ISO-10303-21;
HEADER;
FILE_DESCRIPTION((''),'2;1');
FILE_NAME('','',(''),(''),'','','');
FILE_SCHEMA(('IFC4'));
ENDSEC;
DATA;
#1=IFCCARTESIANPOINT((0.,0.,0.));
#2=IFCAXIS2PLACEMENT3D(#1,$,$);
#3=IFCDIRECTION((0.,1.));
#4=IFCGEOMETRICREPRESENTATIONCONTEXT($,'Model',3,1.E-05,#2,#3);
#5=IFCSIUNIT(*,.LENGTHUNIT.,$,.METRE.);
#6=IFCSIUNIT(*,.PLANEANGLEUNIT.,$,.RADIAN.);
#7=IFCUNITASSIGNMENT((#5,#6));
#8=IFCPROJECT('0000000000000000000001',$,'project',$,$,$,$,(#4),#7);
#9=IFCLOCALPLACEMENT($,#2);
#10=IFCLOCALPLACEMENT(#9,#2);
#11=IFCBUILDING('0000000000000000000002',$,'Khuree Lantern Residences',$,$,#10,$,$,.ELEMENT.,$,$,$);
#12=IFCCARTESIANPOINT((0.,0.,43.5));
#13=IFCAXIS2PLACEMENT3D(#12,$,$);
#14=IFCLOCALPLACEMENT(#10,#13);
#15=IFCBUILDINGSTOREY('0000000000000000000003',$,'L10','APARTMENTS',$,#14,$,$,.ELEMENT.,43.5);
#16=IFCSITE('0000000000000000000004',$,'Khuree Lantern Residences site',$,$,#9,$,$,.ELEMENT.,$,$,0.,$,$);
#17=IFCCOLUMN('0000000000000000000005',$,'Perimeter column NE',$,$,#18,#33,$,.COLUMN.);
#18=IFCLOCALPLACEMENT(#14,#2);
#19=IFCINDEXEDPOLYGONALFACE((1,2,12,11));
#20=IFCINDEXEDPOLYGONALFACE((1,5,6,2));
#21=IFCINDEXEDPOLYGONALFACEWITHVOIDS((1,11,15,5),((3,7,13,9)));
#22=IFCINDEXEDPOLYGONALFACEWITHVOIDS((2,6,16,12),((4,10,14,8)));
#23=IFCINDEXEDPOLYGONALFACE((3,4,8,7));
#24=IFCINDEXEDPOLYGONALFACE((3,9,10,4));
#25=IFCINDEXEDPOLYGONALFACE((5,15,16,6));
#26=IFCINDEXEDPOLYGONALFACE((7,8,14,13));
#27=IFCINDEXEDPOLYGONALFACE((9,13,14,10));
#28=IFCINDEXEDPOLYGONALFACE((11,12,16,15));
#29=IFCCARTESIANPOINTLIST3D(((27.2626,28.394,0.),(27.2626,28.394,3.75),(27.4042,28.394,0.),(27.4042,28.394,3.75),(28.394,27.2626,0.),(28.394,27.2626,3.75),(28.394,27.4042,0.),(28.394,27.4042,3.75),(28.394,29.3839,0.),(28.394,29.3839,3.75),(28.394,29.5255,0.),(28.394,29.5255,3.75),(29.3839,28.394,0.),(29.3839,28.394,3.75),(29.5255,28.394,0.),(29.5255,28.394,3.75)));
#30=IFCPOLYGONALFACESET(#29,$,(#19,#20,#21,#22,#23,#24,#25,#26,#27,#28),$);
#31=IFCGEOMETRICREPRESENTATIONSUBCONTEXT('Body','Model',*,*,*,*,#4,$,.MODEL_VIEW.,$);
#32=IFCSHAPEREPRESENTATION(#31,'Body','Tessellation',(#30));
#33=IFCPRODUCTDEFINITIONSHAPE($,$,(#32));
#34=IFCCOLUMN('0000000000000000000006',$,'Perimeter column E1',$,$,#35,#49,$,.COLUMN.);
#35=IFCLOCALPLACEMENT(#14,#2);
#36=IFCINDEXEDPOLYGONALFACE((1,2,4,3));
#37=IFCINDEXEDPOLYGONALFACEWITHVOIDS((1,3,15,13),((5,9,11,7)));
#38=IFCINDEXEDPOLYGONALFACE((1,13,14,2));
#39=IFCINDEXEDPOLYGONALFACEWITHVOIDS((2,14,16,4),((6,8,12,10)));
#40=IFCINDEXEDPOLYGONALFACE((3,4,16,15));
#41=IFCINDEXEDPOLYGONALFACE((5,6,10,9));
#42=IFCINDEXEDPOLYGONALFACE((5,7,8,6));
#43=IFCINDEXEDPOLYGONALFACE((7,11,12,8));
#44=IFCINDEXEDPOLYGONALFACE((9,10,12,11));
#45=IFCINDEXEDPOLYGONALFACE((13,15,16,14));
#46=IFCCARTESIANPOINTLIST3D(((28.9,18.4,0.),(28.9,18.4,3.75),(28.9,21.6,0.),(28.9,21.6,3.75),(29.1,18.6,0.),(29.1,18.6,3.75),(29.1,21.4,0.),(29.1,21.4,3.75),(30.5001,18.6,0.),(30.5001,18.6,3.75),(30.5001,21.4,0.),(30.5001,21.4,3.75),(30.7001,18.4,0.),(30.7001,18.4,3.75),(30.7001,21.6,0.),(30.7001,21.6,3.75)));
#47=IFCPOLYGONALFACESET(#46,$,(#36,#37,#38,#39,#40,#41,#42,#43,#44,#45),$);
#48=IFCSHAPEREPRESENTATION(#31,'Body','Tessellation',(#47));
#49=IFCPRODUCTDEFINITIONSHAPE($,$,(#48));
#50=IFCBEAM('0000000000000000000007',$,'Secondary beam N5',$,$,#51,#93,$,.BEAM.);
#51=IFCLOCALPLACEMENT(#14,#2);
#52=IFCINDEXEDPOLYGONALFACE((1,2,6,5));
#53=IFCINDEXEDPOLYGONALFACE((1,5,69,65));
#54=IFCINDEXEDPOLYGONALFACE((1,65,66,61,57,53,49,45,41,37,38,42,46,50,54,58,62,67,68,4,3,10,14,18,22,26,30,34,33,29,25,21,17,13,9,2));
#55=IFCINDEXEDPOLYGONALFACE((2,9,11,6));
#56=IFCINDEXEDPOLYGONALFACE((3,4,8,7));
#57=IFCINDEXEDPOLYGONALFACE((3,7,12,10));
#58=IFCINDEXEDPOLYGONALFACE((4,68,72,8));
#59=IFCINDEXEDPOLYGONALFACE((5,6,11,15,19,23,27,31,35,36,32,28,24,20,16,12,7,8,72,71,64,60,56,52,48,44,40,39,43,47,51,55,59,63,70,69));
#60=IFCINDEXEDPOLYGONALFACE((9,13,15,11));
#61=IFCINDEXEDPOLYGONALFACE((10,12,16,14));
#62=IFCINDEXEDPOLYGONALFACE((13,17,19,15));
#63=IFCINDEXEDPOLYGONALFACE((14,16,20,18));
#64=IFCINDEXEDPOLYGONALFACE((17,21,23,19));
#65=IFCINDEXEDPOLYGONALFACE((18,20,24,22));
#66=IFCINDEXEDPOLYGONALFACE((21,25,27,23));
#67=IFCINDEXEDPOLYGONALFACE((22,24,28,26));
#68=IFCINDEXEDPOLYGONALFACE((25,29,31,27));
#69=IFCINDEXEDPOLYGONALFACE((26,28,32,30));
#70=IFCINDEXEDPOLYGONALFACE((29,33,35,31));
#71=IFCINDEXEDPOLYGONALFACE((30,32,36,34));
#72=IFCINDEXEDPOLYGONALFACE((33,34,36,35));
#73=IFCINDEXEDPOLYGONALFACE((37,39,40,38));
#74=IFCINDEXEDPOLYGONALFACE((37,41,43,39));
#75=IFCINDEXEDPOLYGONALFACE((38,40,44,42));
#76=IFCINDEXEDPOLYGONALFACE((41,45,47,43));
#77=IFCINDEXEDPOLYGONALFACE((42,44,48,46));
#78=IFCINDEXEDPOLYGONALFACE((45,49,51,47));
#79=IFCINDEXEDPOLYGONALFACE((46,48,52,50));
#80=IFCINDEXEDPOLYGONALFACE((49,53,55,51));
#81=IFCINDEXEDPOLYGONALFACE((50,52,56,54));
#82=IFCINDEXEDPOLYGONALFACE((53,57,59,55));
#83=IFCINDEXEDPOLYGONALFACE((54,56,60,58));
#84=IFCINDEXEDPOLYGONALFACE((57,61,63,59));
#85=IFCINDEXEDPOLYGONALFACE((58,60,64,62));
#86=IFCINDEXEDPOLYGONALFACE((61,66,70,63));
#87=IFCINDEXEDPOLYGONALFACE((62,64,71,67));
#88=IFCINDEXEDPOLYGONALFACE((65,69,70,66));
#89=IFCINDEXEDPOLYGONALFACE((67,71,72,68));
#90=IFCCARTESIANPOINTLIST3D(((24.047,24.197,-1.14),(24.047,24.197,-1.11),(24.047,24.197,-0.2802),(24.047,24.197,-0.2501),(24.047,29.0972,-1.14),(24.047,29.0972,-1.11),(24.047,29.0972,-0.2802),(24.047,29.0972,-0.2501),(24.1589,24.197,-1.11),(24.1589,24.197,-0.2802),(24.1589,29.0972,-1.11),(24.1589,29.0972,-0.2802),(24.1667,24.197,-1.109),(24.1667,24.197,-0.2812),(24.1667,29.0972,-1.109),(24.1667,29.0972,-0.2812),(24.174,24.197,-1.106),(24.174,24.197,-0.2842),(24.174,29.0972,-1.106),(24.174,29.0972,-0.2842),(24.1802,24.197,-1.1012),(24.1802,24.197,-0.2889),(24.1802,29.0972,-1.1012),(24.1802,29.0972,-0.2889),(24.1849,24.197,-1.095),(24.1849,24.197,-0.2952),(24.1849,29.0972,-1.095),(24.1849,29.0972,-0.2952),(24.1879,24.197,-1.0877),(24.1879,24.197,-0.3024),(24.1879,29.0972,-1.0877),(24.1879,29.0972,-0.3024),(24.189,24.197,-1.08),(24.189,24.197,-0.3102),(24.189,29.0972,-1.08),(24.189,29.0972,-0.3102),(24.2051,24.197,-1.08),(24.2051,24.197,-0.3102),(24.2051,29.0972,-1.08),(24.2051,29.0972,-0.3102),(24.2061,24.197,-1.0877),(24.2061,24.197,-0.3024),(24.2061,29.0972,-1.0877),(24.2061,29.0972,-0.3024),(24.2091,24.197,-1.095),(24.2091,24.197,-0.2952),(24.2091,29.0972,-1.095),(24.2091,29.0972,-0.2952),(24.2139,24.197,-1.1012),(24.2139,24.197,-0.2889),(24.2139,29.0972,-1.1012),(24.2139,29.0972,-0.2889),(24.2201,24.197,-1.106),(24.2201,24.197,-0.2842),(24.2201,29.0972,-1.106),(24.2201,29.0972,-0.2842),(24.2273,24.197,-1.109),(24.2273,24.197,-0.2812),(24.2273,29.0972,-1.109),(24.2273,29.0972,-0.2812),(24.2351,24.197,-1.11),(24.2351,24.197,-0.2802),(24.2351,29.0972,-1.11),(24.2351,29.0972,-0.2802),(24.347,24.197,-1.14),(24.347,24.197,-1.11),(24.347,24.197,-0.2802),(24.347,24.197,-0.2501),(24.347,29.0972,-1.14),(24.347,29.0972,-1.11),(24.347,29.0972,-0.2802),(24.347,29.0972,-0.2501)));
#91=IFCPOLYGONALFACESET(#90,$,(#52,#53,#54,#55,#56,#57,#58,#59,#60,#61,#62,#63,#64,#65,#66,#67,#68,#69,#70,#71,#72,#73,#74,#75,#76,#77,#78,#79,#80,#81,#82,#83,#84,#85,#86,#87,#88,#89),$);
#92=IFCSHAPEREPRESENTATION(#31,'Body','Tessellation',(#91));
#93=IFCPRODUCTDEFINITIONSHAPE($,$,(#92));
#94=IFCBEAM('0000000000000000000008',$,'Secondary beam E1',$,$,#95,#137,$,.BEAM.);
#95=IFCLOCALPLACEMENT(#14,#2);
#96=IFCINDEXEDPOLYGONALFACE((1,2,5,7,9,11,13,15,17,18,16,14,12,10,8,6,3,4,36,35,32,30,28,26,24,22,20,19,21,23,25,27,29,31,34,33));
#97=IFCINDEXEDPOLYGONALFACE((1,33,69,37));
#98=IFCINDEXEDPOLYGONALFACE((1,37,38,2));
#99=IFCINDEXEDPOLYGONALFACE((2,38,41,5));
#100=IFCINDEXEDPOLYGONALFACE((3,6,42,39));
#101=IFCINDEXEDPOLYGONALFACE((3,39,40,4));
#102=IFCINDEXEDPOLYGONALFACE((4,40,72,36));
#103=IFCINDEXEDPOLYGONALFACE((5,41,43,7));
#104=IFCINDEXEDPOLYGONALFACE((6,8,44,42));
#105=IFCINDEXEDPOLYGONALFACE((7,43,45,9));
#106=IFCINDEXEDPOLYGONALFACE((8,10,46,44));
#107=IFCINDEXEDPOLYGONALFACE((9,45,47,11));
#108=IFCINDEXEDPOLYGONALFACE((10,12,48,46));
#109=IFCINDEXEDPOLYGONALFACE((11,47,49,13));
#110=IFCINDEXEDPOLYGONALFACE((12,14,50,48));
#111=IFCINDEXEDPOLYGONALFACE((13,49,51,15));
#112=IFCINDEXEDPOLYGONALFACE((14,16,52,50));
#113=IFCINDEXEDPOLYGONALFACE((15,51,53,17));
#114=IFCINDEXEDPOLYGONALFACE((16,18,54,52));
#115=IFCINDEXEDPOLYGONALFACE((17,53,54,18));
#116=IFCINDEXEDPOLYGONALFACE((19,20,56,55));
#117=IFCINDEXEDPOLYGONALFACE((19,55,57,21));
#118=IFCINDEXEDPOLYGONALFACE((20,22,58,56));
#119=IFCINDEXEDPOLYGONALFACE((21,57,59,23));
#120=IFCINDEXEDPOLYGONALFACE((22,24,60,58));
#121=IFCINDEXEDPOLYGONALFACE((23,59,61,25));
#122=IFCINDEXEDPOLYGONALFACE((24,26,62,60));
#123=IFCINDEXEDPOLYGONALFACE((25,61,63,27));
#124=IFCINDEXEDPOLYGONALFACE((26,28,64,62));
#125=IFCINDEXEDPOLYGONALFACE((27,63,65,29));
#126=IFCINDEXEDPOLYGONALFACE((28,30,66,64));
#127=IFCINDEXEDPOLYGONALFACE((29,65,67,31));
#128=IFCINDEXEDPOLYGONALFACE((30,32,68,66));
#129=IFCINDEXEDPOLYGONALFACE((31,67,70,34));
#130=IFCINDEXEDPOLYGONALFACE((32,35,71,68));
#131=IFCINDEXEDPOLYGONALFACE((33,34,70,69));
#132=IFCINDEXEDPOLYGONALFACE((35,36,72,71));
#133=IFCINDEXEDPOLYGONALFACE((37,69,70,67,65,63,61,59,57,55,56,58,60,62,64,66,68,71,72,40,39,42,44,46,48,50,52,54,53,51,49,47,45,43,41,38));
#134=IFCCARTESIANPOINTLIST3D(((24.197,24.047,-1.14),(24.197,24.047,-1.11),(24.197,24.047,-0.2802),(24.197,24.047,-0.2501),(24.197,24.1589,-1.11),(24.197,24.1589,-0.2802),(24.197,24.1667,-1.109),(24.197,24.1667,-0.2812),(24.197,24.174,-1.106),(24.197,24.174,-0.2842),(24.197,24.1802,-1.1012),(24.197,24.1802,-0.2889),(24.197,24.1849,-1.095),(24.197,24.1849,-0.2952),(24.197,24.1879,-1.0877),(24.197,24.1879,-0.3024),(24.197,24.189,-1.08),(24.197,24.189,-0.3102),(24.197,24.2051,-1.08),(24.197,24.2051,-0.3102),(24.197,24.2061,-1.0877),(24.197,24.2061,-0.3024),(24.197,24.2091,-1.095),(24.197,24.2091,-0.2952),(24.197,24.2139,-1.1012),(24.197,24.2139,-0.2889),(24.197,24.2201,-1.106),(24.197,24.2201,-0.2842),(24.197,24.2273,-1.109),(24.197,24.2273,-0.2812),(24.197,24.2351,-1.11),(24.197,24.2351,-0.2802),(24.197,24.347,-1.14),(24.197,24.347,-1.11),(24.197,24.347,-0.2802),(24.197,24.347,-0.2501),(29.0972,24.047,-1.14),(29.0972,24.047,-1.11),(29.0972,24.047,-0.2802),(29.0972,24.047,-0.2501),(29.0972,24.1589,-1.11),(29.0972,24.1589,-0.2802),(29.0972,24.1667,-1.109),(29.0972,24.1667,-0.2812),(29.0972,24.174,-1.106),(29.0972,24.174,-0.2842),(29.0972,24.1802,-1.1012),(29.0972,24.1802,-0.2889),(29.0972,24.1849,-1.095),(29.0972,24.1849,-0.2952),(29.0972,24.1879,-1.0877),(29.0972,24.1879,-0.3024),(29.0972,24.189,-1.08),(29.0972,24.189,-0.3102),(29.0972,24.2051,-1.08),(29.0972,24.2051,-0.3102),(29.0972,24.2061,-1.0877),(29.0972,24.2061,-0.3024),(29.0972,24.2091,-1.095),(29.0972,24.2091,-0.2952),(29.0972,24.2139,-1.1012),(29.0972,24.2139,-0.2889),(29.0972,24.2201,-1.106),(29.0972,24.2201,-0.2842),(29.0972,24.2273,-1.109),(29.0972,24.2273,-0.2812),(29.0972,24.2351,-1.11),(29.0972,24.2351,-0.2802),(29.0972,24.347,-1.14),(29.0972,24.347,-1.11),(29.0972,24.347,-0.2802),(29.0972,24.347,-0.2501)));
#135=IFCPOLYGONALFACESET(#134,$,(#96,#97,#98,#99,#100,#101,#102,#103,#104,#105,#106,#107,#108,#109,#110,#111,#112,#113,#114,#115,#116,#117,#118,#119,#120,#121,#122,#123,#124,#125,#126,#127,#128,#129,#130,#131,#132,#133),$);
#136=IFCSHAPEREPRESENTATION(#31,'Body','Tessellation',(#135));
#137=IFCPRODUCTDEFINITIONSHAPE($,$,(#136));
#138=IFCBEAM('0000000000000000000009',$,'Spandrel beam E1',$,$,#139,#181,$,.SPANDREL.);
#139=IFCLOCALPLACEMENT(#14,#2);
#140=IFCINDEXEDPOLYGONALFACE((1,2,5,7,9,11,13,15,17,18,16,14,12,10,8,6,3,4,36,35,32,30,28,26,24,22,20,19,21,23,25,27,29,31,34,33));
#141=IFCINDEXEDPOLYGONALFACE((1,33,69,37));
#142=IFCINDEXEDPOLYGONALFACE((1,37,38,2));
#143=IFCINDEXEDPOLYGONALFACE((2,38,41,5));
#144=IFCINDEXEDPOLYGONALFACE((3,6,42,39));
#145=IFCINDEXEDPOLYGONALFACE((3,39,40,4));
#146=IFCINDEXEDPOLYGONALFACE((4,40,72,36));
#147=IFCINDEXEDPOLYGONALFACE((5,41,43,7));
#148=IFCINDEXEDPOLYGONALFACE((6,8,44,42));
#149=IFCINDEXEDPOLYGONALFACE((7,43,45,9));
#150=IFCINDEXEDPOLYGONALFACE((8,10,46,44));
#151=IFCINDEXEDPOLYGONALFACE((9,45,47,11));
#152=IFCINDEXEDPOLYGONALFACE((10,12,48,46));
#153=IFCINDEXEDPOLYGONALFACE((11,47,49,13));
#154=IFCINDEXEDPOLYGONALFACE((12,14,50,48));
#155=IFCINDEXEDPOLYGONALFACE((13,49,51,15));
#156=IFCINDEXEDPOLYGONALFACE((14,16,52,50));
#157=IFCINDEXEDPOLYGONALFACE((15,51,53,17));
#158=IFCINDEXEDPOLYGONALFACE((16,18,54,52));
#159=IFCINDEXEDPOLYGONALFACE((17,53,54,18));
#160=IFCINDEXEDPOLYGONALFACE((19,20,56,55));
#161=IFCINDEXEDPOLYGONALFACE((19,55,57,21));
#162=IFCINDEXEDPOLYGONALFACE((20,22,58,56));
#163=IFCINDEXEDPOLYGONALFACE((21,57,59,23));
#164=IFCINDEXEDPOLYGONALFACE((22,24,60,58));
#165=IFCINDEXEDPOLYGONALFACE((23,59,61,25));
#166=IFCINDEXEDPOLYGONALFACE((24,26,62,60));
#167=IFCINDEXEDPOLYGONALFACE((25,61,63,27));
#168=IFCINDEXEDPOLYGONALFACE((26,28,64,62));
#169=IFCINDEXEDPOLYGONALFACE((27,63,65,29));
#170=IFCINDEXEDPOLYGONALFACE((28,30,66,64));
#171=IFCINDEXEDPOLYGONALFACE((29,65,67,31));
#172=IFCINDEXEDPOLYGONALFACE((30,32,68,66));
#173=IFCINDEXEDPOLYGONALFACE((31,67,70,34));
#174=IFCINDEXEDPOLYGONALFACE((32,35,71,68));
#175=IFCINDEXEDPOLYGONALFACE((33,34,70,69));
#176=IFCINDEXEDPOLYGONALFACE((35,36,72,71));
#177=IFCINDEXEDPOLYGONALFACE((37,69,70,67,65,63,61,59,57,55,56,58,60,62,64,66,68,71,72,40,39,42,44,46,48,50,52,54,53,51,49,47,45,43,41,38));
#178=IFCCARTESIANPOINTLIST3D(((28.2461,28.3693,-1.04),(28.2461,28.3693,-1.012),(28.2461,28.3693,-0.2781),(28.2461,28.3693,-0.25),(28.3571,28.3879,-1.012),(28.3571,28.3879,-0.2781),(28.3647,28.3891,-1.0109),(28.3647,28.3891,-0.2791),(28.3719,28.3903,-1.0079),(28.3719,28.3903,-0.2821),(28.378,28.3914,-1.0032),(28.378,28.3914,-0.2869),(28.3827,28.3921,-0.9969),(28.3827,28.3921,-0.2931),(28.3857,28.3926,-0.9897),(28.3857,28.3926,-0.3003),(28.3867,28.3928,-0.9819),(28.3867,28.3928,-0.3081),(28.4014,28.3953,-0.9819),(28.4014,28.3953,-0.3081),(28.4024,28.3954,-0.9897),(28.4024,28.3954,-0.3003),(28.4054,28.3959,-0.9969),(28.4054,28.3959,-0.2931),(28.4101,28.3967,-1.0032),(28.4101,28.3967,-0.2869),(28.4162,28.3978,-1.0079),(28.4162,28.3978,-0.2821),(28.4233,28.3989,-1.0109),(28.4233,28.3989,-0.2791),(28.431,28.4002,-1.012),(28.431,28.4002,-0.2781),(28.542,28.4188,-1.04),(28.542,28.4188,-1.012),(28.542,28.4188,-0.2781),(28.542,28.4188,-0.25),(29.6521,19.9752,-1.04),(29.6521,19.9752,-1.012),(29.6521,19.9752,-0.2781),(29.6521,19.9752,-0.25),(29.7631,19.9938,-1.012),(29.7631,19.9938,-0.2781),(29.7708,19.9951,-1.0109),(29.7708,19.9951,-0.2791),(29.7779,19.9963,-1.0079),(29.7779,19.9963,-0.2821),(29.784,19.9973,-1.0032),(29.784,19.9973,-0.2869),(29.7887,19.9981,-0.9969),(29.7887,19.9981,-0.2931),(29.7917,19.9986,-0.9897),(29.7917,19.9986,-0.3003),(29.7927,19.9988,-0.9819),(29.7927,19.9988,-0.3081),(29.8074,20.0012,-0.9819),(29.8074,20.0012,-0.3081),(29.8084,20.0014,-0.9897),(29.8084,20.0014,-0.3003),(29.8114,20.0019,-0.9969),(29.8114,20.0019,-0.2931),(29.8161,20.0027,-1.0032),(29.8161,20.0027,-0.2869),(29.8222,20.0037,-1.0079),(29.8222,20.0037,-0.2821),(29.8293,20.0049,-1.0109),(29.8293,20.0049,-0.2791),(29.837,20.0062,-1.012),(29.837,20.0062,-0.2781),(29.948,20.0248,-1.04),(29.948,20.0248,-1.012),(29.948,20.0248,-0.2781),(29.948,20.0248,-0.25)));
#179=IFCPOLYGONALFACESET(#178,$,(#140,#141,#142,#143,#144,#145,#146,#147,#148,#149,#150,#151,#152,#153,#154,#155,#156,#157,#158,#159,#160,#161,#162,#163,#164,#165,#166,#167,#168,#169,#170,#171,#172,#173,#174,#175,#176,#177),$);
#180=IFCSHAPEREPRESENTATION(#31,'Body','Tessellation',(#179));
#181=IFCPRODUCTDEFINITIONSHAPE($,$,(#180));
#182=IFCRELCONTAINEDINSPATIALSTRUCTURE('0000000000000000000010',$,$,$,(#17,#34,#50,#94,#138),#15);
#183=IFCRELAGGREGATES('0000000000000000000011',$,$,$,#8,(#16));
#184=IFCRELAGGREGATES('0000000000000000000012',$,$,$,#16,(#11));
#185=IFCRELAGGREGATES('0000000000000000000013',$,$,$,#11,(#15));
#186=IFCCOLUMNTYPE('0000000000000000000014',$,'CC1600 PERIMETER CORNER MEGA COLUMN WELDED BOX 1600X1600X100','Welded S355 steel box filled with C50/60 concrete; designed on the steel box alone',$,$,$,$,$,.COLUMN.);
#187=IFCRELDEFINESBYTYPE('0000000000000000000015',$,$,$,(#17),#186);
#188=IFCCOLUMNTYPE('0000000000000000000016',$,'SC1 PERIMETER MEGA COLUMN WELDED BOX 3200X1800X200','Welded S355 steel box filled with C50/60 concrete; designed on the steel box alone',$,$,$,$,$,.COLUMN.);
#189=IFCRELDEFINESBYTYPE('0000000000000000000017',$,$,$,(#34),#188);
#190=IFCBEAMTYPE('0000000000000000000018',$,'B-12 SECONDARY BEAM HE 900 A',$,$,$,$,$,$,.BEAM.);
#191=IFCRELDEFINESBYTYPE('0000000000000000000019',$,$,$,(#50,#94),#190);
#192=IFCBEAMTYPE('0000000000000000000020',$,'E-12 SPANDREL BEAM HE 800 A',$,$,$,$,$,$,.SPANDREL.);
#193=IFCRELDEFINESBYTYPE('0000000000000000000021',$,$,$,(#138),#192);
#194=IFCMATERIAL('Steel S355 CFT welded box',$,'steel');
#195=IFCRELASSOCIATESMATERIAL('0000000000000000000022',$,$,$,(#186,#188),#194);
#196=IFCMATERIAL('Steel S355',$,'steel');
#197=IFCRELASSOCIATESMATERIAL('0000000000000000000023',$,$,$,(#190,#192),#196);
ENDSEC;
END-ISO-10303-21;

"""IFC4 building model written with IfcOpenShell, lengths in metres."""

from ifc_helpers import new_model, si_unit, direction, frame, origin, origin_2d, place, context, subcontext, project, spatial, hollow_rectangle, i_section, extrude, material, material_profile, profile_set, type_object, element, save


model = new_model("IFC4")

# Units and contexts
model_context = context("Model", 3, precision=1e-05, world=origin(), true_north=direction((0.0, 1.0)))
body_context = subcontext(model_context, "Body", "Model", "MODEL_VIEW")
ifc_project = project(units=[si_unit("LENGTHUNIT", "METRE"), si_unit("PLANEANGLEUNIT", "RADIAN")], contexts=[model_context])

# Site, building, storey
site_placement = place(None, origin())
site = spatial("IfcSite", under=ifc_project, at=site_placement, Name="Khuree Lantern Residences site", CompositionType="ELEMENT", RefElevation=0.0)
building_placement = place(site_placement, origin())
building = spatial("IfcBuilding", under=site, at=building_placement, Name="Khuree Lantern Residences", CompositionType="ELEMENT")
storey_placement = place(building_placement, frame((0.0, 0.0, 43.5)))
storey = spatial("IfcBuildingStorey", under=building, at=storey_placement, Name="L10", Description="APARTMENTS", CompositionType="ELEMENT", Elevation=43.5)

# Columns
ifc_material_1 = material(Name="Steel S355 CFT welded box", Category="steel")
ifc_material_profile_1 = material_profile(ifc_material_1, hollow_rectangle(XDim=1.6001, YDim=1.6001, WallThickness=0.1001, at=origin_2d()), Name="WELDED BOX 1600X1600X100")
ifc_profile_set_1 = profile_set([ifc_material_profile_1], Name="Steel S355 CFT welded box")
column_type_1 = type_object("IfcColumnType", Name="CC1600 PERIMETER CORNER MEGA COLUMN WELDED BOX 1600X1600X100", Description="Welded S355 steel box filled with C50/60 concrete; designed on the steel box alone", PredefinedType="COLUMN", material=ifc_profile_set_1)
column_1_placement = place(storey_placement, frame((28.394, 28.394, 0.0), z_axis=(0.0, 0.0, 1.0), x_axis=(0.707107, -0.707107, 0.0)))
element("IfcColumn", 1, at=column_1_placement, inside=storey, type_object=column_type_1, Name="Perimeter column NE", PredefinedType="COLUMN", context=body_context, shape_type="SweptSolid", body=[
    extrude(hollow_rectangle(XDim=1.6001, YDim=1.6001, WallThickness=0.1001, at=origin_2d()), origin(), (0.0, 0.0, 1.0), 3.75),
])
ifc_material_profile_2 = material_profile(ifc_material_1, hollow_rectangle(XDim=3.2, YDim=1.8, WallThickness=0.2, at=origin_2d()), Name="WELDED BOX 3200X1800X200")
ifc_profile_set_2 = profile_set([ifc_material_profile_2], Name="Steel S355 CFT welded box")
column_type_2 = type_object("IfcColumnType", Name="SC1 PERIMETER MEGA COLUMN WELDED BOX 3200X1800X200", Description="Welded S355 steel box filled with C50/60 concrete; designed on the steel box alone", PredefinedType="COLUMN", material=ifc_profile_set_2)
column_2_placement = place(storey_placement, frame((29.8, 20.0, 0.0), z_axis=(0.0, 0.0, 1.0), x_axis=(0.0, 1.0, 0.0)))
element("IfcColumn", 2, at=column_2_placement, inside=storey, type_object=column_type_2, Name="Perimeter column E1", PredefinedType="COLUMN", context=body_context, shape_type="SweptSolid", body=[
    extrude(hollow_rectangle(XDim=3.2, YDim=1.8, WallThickness=0.2, at=origin_2d()), origin(), (0.0, 0.0, 1.0), 3.75),
])

# Beams
ifc_material_2 = material(Name="Steel S355", Category="steel")
ifc_material_profile_3 = material_profile(ifc_material_2, i_section(OverallWidth=0.3, OverallDepth=0.8899, WebThickness=0.0161, FlangeThickness=0.03, FilletRadius=0.03, at=origin_2d()), Name="HE 900 A")
ifc_profile_set_3 = profile_set([ifc_material_profile_3], Name="Steel S355")
beam_type_1 = type_object("IfcBeamType", Name="B-12 SECONDARY BEAM HE 900 A", PredefinedType="BEAM", material=ifc_profile_set_3)
for number, where, z_axis, x_axis, name in (
    (3, (24.197, 29.0972, -0.6951), (0.0, -1.0, 0.0), (1.0, 0.0, 0.0), "Secondary beam N5"),
    (4, (29.0972, 24.197, -0.6951), (-1.0, 0.0, 0.0), (0.0, -1.0, 0.0), "Secondary beam E1"),
):
    element("IfcBeam", number, at=place(storey_placement, frame(where, z_axis=z_axis, x_axis=x_axis)), inside=storey, type_object=beam_type_1, Name=name, PredefinedType="BEAM", context=body_context, shape_type="SweptSolid", body=[
        extrude(i_section(OverallWidth=0.3, OverallDepth=0.8899, WebThickness=0.0161, FlangeThickness=0.03, FilletRadius=0.03, at=origin_2d()), origin(), (0.0, 0.0, 1.0), 4.9001),
    ])
ifc_material_profile_4 = material_profile(ifc_material_2, i_section(OverallWidth=0.3, OverallDepth=0.79, WebThickness=0.0149, FlangeThickness=0.0281, FilletRadius=0.03, at=origin_2d()), Name="HE 800 A")
ifc_profile_set_4 = profile_set([ifc_material_profile_4], Name="Steel S355")
beam_type_2 = type_object("IfcBeamType", Name="E-12 SPANDREL BEAM HE 800 A", PredefinedType="SPANDREL", material=ifc_profile_set_4)
beam_1_placement = place(storey_placement, frame((28.394, 28.394, -0.645), z_axis=(0.165199, -0.98626, 0.0), x_axis=(0.98626, 0.165199, 0.0)))
element("IfcBeam", 5, at=beam_1_placement, inside=storey, type_object=beam_type_2, Name="Spandrel beam E1", PredefinedType="SPANDREL", context=body_context, shape_type="SweptSolid", body=[
    extrude(i_section(OverallWidth=0.3, OverallDepth=0.79, WebThickness=0.0149, FlangeThickness=0.0281, FilletRadius=0.03, at=origin_2d()), origin(), (0.0, 0.0, 1.0), 8.511),
])

save(model, "model.ifc")
